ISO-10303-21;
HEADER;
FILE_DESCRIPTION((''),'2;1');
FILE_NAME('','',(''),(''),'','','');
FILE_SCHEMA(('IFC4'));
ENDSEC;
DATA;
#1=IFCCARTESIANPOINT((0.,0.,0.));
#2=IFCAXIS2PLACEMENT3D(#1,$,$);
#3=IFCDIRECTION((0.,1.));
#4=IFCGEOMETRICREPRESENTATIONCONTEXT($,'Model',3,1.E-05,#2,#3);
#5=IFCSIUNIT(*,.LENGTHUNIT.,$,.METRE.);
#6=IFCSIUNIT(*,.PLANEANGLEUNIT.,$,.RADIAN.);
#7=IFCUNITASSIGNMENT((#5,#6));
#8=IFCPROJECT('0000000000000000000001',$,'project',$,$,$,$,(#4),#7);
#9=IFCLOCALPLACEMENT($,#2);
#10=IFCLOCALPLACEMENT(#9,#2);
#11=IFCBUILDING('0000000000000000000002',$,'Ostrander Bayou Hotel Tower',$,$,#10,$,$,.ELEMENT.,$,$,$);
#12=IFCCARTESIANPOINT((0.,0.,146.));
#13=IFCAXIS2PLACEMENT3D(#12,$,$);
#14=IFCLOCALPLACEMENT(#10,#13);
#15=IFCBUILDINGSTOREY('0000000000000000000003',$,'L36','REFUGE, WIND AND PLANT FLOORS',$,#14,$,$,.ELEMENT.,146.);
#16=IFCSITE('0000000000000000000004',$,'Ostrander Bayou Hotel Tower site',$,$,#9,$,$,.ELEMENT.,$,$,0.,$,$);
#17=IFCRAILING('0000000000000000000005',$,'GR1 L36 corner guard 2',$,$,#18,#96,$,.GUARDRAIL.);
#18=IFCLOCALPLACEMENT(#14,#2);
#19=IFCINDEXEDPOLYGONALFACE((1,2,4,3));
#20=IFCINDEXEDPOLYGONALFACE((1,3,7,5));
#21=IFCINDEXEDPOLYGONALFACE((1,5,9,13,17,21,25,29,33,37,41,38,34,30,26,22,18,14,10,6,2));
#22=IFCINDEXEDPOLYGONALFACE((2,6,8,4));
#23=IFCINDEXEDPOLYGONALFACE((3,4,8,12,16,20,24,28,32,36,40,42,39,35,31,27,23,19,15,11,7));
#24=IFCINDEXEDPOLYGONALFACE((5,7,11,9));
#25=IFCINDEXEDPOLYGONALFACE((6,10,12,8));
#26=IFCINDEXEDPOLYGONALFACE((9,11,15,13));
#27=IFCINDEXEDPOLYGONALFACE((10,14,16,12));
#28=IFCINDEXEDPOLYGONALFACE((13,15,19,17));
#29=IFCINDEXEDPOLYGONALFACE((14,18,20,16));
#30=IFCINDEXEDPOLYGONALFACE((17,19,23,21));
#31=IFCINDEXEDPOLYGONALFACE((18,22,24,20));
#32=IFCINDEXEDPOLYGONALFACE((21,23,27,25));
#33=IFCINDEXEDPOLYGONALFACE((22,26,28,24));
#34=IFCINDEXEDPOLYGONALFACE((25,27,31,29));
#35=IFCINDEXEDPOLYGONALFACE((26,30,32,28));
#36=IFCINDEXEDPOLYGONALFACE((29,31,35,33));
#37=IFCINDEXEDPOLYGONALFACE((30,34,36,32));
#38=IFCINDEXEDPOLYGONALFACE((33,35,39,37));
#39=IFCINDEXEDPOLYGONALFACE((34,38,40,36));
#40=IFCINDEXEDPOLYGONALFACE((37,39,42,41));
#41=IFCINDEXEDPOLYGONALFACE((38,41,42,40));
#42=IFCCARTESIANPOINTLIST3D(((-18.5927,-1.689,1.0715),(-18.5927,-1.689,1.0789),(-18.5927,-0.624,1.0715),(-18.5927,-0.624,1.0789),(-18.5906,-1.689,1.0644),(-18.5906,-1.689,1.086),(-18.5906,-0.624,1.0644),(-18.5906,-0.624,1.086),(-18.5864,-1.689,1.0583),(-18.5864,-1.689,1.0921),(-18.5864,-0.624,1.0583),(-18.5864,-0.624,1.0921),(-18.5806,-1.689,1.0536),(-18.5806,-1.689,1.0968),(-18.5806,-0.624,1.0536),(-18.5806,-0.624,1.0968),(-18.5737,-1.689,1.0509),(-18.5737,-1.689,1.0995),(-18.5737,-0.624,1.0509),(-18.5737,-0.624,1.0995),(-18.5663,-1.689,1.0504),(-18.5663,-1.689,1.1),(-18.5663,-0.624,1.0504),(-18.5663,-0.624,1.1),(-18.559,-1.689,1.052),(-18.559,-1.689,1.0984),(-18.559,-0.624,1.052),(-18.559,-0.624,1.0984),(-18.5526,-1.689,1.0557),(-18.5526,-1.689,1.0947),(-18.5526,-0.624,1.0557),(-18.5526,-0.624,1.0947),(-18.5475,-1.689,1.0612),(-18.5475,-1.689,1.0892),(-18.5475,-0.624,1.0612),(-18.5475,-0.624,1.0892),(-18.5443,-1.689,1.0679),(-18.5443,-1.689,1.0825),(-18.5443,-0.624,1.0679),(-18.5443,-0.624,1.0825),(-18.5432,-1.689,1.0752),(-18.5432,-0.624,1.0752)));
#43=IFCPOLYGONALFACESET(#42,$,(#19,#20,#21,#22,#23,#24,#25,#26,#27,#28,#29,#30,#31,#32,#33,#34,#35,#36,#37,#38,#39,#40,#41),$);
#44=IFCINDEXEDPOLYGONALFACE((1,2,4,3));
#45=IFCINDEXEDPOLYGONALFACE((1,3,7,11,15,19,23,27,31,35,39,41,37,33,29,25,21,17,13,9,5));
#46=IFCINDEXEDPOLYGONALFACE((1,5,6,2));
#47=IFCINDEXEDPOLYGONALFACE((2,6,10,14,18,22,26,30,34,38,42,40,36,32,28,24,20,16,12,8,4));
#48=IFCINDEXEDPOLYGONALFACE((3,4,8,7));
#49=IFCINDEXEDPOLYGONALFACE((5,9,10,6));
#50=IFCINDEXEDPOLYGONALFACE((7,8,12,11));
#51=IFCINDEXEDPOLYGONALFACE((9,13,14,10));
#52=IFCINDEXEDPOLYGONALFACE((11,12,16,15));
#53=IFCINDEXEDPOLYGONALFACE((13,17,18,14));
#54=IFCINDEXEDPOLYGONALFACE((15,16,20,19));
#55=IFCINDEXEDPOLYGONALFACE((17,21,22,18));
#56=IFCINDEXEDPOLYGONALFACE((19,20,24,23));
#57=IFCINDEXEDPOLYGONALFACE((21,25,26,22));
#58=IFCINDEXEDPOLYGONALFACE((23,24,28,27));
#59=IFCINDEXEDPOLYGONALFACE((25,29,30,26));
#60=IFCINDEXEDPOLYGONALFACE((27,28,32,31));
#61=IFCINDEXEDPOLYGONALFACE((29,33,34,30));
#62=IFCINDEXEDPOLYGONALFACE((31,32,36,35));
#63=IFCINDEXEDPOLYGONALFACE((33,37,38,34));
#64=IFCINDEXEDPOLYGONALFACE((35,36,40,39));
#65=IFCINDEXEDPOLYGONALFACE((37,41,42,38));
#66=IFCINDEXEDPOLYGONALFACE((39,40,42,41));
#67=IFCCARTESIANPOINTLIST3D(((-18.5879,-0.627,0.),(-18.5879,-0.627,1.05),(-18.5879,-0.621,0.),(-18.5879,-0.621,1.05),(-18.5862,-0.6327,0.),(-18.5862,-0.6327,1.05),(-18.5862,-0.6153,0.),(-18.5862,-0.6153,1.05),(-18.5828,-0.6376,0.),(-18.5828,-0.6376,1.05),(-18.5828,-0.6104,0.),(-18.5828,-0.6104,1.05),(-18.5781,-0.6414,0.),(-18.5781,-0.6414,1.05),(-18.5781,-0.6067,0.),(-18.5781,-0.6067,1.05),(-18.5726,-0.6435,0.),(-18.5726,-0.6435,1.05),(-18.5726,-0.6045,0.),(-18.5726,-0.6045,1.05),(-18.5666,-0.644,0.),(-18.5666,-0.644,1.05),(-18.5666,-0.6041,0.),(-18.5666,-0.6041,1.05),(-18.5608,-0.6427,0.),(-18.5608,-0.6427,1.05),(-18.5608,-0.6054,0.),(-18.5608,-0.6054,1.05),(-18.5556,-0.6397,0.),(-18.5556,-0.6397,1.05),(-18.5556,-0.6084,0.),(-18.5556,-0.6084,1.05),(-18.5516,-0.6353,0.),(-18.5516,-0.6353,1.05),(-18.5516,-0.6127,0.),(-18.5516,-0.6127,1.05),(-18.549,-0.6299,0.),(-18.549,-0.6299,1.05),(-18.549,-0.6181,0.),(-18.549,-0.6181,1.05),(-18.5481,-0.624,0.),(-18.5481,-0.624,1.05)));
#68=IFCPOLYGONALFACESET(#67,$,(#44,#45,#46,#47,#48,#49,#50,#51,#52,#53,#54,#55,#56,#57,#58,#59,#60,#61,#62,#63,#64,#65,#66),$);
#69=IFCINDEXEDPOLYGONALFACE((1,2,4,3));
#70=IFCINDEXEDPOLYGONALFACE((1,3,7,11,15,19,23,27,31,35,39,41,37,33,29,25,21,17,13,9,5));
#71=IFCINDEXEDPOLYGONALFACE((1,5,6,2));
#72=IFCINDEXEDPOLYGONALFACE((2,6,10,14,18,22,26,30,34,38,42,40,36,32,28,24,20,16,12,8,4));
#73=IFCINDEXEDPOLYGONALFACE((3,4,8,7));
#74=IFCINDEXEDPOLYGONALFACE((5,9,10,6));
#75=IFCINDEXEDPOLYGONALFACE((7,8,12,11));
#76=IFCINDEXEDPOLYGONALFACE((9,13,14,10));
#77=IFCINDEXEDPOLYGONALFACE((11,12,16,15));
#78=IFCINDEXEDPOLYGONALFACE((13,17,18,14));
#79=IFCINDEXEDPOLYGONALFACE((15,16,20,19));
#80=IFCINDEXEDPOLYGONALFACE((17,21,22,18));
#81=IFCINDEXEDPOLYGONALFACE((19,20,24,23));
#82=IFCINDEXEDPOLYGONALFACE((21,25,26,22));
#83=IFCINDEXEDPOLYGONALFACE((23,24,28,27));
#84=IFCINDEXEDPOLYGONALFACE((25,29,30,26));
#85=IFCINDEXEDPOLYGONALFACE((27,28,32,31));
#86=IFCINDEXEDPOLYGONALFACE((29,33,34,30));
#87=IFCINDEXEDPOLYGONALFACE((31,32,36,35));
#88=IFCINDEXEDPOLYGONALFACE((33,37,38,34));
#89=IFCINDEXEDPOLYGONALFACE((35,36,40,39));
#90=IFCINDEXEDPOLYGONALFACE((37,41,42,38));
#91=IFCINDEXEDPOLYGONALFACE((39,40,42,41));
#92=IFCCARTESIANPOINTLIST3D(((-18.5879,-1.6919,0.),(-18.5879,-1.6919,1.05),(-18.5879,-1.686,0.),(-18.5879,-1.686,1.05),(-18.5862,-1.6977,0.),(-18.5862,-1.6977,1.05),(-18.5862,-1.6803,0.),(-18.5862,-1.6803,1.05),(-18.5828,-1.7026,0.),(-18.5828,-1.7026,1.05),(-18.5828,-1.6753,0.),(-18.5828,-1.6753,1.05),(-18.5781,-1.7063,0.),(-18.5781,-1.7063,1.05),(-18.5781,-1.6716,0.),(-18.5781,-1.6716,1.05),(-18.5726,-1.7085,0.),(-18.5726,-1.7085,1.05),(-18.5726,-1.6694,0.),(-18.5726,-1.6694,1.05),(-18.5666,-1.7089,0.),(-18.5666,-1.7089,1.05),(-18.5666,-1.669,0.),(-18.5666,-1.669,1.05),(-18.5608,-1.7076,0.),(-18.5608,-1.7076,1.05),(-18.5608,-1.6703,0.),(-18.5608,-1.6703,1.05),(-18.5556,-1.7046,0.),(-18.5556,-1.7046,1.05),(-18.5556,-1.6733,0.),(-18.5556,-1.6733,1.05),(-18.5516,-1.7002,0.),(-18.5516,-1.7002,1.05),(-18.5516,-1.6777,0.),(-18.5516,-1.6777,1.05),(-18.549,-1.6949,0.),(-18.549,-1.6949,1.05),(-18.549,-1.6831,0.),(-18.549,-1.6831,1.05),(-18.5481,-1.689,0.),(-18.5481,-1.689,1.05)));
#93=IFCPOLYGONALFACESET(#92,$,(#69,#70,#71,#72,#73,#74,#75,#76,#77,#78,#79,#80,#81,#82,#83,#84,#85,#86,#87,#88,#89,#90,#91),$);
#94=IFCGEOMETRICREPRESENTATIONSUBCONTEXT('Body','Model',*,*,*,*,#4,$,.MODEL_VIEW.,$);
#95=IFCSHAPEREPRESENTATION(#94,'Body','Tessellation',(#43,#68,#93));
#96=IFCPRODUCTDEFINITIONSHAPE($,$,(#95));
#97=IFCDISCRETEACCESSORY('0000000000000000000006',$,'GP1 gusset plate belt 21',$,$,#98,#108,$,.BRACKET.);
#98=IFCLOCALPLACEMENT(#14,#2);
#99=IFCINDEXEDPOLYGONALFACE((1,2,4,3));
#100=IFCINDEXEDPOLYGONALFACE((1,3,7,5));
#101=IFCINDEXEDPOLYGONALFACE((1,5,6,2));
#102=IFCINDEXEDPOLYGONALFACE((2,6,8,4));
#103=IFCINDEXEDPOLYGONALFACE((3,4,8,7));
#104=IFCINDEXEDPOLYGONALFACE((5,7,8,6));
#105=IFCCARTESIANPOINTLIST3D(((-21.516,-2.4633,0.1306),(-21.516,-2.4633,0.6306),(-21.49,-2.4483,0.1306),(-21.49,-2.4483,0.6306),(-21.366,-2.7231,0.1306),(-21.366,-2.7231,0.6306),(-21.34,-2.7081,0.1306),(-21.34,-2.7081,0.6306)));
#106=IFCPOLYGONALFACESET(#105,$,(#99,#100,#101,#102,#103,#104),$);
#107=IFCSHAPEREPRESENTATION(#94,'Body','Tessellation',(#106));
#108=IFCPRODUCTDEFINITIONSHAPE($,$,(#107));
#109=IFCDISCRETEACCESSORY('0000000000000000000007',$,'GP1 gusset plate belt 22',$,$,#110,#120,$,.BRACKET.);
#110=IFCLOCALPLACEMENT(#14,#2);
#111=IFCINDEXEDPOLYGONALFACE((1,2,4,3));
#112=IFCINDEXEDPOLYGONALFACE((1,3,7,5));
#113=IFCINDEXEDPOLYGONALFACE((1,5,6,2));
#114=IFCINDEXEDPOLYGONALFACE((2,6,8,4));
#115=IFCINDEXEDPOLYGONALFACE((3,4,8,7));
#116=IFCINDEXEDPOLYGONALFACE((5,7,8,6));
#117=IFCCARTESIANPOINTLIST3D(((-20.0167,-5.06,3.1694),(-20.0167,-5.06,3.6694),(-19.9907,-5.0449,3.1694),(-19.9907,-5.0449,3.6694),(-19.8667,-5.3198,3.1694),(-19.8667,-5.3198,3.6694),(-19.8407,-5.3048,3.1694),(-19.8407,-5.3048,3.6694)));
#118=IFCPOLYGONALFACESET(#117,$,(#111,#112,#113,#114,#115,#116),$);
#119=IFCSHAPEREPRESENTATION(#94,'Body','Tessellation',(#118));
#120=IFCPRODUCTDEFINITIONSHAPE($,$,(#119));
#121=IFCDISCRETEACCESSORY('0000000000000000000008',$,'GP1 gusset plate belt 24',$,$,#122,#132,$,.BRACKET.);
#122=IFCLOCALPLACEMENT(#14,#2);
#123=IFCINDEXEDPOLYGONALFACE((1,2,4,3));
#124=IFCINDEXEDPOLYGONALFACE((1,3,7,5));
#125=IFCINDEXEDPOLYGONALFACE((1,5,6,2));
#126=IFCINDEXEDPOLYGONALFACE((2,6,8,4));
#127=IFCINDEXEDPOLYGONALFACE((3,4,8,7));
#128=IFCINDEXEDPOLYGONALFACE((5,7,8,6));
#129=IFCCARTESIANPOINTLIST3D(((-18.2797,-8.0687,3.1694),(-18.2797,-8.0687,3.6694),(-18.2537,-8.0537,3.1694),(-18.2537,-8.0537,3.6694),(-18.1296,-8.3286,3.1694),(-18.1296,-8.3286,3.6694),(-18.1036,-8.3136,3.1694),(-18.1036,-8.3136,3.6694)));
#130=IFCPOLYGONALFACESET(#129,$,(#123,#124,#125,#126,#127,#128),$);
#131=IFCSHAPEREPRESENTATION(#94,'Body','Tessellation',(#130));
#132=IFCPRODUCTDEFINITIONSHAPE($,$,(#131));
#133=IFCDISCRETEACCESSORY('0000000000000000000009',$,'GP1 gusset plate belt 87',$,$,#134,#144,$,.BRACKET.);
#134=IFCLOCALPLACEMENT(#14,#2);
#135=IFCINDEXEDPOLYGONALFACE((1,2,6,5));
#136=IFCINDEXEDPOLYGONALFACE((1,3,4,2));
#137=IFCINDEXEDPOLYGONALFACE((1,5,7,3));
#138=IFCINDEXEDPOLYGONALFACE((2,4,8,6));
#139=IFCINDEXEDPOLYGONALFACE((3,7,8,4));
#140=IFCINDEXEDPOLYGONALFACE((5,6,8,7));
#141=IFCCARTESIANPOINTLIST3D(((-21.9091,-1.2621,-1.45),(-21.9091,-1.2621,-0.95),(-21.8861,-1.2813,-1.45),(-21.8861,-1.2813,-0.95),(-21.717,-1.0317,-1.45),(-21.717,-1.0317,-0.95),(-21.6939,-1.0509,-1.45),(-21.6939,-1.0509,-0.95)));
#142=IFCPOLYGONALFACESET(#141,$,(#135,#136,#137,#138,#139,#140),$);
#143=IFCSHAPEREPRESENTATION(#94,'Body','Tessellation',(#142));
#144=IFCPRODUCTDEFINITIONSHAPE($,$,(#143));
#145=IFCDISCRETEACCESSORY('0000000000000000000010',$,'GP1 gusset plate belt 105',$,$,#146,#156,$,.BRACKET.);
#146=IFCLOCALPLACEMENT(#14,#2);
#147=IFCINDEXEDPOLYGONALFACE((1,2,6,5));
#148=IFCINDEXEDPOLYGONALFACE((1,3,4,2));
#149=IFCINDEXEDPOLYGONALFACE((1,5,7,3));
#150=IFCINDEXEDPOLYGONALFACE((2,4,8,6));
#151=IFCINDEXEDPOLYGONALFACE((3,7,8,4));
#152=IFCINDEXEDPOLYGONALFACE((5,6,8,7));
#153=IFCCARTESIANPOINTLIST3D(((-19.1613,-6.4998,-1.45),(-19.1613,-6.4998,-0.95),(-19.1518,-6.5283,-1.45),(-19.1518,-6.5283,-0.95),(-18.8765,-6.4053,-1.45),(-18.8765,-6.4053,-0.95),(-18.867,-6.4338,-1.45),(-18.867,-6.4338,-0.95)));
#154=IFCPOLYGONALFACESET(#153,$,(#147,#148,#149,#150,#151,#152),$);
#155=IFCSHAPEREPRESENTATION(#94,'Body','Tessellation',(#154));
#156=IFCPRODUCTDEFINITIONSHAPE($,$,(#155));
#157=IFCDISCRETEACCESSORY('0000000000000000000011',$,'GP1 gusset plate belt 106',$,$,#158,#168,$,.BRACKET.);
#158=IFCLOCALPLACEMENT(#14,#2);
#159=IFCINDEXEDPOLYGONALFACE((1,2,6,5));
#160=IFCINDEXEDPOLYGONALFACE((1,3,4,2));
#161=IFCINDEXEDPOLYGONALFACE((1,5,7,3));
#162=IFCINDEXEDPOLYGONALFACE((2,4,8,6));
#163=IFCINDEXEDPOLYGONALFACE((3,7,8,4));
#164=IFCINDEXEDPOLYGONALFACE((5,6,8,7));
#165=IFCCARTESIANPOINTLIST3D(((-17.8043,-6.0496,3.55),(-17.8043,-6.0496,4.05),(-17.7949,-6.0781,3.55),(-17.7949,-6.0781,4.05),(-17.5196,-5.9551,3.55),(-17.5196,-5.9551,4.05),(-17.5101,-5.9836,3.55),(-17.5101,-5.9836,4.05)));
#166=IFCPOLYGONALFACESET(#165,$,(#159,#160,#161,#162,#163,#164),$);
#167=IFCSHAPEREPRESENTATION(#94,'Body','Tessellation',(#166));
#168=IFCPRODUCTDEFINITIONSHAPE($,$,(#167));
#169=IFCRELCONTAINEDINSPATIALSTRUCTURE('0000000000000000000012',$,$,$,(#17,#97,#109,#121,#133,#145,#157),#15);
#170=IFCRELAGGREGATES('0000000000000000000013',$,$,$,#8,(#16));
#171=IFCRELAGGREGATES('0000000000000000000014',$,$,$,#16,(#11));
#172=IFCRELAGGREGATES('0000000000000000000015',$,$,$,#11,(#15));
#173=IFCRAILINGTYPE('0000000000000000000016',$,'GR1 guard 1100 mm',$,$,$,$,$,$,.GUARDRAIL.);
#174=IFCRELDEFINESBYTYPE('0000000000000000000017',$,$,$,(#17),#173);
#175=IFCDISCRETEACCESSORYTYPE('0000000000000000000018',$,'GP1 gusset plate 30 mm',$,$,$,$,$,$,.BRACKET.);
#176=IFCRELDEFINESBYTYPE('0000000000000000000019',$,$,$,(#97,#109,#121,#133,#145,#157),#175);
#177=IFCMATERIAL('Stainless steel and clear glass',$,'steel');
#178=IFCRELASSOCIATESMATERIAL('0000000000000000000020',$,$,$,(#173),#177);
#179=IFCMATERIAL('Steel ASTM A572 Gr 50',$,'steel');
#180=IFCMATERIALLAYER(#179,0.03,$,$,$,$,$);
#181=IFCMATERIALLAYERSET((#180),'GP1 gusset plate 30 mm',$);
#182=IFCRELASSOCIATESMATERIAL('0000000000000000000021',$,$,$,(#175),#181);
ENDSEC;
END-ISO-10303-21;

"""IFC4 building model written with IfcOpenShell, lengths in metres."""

from ifc_helpers import new_model, si_unit, direction, frame, origin, origin_2d, place, context, subcontext, project, spatial, rectangle, circle, extrude, material, layer, layer_set, type_object, element, save


model = new_model("IFC4")

# Units and contexts
model_context = context("Model", 3, precision=1e-05, world=origin(), true_north=direction((0.0, 1.0)))
body_context = subcontext(model_context, "Body", "Model", "MODEL_VIEW")
ifc_project = project(units=[si_unit("LENGTHUNIT", "METRE"), si_unit("PLANEANGLEUNIT", "RADIAN")], contexts=[model_context])

# Site, building, storey
site_placement = place(None, origin())
site = spatial("IfcSite", under=ifc_project, at=site_placement, Name="Ostrander Bayou Hotel Tower site", CompositionType="ELEMENT", RefElevation=0.0)
building_placement = place(site_placement, origin())
building = spatial("IfcBuilding", under=site, at=building_placement, Name="Ostrander Bayou Hotel Tower", CompositionType="ELEMENT")
storey_placement = place(building_placement, frame((0.0, 0.0, 146.0)))
storey = spatial("IfcBuildingStorey", under=building, at=storey_placement, Name="L36", Description="REFUGE, WIND AND PLANT FLOORS", CompositionType="ELEMENT", Elevation=146.0)

# Railing
ifc_material_1 = material(Name="Stainless steel and clear glass", Category="steel")
railing_type = type_object("IfcRailingType", Name="GR1 guard 1100 mm", PredefinedType="GUARDRAIL", material=ifc_material_1)
railing_1_placement = place(storey_placement, frame((-18.5681, -0.624, 0.0)))
element("IfcRailing", 1, at=railing_1_placement, inside=storey, type_object=railing_type, Name="GR1 L36 corner guard 2", PredefinedType="GUARDRAIL", context=body_context, shape_type="SweptSolid", body=[
    extrude(circle(Radius=0.0249, at=origin_2d()), frame((0.0, 0.0, 1.0752), z_axis=(0.0, -1.0, 0.0), x_axis=(1.0, 0.0, 0.0)), (0.0, 0.0, 1.0), 1.0649),
    extrude(circle(Radius=0.02, at=origin_2d()), origin(), (0.0, 0.0, 1.0), 1.05),
    extrude(circle(Radius=0.02, at=origin_2d()), frame((0.0, -1.0649, 0.0)), (0.0, 0.0, 1.0), 1.05),
])

# Discrete accessories
ifc_material_2 = material(Name="Steel ASTM A572 Gr 50", Category="steel")
ifc_layer_1 = layer(ifc_material_2, 0.03)
ifc_layer_set_1 = layer_set([ifc_layer_1], Name="GP1 gusset plate 30 mm")
discrete_accessory_type = type_object("IfcDiscreteAccessoryType", Name="GP1 gusset plate 30 mm", PredefinedType="BRACKET", material=ifc_layer_set_1)
for number, where, z_axis, x_axis, name in (
    (2, (-21.428, -2.5857, 0.1306), (0.0, 0.0, 1.0), (0.50003, -0.866008, 0.0), "GP1 gusset plate belt 21"),
    (3, (-19.9287, -5.1824, 3.1694), (0.0, 0.0, 1.0), (0.50003, -0.866008, 0.0), "GP1 gusset plate belt 22"),
    (4, (-18.1917, -8.1912, 3.1694), (0.0, 0.0, 1.0), (-0.5, 0.866025, 0.0), "GP1 gusset plate belt 24"),
    (5, (-21.8015, -1.1565, -1.45), (0.0, 0.0, 1.0), (0.640445, 0.768004, 0.0), "GP1 gusset plate belt 87"),
    (6, (-19.0142, -6.4668, -1.45), (0.0, 0.0, 1.0), (0.949157, 0.314804, 0.0), "GP1 gusset plate belt 105"),
    (7, (-17.6572, -6.0166, 3.55), (0.0, 0.0, 1.0), (0.949157, 0.314804, 0.0), "GP1 gusset plate belt 106"),
):
    element("IfcDiscreteAccessory", number, at=place(storey_placement, frame(where, z_axis=z_axis, x_axis=x_axis)), inside=storey, type_object=discrete_accessory_type, Name=name, PredefinedType="BRACKET", context=body_context, shape_type="SweptSolid", body=[
        extrude(rectangle(XDim=0.3, YDim=0.03, at=origin_2d()), origin(), (0.0, 0.0, 1.0), 0.5),
    ])

save(model, "model.ifc")
